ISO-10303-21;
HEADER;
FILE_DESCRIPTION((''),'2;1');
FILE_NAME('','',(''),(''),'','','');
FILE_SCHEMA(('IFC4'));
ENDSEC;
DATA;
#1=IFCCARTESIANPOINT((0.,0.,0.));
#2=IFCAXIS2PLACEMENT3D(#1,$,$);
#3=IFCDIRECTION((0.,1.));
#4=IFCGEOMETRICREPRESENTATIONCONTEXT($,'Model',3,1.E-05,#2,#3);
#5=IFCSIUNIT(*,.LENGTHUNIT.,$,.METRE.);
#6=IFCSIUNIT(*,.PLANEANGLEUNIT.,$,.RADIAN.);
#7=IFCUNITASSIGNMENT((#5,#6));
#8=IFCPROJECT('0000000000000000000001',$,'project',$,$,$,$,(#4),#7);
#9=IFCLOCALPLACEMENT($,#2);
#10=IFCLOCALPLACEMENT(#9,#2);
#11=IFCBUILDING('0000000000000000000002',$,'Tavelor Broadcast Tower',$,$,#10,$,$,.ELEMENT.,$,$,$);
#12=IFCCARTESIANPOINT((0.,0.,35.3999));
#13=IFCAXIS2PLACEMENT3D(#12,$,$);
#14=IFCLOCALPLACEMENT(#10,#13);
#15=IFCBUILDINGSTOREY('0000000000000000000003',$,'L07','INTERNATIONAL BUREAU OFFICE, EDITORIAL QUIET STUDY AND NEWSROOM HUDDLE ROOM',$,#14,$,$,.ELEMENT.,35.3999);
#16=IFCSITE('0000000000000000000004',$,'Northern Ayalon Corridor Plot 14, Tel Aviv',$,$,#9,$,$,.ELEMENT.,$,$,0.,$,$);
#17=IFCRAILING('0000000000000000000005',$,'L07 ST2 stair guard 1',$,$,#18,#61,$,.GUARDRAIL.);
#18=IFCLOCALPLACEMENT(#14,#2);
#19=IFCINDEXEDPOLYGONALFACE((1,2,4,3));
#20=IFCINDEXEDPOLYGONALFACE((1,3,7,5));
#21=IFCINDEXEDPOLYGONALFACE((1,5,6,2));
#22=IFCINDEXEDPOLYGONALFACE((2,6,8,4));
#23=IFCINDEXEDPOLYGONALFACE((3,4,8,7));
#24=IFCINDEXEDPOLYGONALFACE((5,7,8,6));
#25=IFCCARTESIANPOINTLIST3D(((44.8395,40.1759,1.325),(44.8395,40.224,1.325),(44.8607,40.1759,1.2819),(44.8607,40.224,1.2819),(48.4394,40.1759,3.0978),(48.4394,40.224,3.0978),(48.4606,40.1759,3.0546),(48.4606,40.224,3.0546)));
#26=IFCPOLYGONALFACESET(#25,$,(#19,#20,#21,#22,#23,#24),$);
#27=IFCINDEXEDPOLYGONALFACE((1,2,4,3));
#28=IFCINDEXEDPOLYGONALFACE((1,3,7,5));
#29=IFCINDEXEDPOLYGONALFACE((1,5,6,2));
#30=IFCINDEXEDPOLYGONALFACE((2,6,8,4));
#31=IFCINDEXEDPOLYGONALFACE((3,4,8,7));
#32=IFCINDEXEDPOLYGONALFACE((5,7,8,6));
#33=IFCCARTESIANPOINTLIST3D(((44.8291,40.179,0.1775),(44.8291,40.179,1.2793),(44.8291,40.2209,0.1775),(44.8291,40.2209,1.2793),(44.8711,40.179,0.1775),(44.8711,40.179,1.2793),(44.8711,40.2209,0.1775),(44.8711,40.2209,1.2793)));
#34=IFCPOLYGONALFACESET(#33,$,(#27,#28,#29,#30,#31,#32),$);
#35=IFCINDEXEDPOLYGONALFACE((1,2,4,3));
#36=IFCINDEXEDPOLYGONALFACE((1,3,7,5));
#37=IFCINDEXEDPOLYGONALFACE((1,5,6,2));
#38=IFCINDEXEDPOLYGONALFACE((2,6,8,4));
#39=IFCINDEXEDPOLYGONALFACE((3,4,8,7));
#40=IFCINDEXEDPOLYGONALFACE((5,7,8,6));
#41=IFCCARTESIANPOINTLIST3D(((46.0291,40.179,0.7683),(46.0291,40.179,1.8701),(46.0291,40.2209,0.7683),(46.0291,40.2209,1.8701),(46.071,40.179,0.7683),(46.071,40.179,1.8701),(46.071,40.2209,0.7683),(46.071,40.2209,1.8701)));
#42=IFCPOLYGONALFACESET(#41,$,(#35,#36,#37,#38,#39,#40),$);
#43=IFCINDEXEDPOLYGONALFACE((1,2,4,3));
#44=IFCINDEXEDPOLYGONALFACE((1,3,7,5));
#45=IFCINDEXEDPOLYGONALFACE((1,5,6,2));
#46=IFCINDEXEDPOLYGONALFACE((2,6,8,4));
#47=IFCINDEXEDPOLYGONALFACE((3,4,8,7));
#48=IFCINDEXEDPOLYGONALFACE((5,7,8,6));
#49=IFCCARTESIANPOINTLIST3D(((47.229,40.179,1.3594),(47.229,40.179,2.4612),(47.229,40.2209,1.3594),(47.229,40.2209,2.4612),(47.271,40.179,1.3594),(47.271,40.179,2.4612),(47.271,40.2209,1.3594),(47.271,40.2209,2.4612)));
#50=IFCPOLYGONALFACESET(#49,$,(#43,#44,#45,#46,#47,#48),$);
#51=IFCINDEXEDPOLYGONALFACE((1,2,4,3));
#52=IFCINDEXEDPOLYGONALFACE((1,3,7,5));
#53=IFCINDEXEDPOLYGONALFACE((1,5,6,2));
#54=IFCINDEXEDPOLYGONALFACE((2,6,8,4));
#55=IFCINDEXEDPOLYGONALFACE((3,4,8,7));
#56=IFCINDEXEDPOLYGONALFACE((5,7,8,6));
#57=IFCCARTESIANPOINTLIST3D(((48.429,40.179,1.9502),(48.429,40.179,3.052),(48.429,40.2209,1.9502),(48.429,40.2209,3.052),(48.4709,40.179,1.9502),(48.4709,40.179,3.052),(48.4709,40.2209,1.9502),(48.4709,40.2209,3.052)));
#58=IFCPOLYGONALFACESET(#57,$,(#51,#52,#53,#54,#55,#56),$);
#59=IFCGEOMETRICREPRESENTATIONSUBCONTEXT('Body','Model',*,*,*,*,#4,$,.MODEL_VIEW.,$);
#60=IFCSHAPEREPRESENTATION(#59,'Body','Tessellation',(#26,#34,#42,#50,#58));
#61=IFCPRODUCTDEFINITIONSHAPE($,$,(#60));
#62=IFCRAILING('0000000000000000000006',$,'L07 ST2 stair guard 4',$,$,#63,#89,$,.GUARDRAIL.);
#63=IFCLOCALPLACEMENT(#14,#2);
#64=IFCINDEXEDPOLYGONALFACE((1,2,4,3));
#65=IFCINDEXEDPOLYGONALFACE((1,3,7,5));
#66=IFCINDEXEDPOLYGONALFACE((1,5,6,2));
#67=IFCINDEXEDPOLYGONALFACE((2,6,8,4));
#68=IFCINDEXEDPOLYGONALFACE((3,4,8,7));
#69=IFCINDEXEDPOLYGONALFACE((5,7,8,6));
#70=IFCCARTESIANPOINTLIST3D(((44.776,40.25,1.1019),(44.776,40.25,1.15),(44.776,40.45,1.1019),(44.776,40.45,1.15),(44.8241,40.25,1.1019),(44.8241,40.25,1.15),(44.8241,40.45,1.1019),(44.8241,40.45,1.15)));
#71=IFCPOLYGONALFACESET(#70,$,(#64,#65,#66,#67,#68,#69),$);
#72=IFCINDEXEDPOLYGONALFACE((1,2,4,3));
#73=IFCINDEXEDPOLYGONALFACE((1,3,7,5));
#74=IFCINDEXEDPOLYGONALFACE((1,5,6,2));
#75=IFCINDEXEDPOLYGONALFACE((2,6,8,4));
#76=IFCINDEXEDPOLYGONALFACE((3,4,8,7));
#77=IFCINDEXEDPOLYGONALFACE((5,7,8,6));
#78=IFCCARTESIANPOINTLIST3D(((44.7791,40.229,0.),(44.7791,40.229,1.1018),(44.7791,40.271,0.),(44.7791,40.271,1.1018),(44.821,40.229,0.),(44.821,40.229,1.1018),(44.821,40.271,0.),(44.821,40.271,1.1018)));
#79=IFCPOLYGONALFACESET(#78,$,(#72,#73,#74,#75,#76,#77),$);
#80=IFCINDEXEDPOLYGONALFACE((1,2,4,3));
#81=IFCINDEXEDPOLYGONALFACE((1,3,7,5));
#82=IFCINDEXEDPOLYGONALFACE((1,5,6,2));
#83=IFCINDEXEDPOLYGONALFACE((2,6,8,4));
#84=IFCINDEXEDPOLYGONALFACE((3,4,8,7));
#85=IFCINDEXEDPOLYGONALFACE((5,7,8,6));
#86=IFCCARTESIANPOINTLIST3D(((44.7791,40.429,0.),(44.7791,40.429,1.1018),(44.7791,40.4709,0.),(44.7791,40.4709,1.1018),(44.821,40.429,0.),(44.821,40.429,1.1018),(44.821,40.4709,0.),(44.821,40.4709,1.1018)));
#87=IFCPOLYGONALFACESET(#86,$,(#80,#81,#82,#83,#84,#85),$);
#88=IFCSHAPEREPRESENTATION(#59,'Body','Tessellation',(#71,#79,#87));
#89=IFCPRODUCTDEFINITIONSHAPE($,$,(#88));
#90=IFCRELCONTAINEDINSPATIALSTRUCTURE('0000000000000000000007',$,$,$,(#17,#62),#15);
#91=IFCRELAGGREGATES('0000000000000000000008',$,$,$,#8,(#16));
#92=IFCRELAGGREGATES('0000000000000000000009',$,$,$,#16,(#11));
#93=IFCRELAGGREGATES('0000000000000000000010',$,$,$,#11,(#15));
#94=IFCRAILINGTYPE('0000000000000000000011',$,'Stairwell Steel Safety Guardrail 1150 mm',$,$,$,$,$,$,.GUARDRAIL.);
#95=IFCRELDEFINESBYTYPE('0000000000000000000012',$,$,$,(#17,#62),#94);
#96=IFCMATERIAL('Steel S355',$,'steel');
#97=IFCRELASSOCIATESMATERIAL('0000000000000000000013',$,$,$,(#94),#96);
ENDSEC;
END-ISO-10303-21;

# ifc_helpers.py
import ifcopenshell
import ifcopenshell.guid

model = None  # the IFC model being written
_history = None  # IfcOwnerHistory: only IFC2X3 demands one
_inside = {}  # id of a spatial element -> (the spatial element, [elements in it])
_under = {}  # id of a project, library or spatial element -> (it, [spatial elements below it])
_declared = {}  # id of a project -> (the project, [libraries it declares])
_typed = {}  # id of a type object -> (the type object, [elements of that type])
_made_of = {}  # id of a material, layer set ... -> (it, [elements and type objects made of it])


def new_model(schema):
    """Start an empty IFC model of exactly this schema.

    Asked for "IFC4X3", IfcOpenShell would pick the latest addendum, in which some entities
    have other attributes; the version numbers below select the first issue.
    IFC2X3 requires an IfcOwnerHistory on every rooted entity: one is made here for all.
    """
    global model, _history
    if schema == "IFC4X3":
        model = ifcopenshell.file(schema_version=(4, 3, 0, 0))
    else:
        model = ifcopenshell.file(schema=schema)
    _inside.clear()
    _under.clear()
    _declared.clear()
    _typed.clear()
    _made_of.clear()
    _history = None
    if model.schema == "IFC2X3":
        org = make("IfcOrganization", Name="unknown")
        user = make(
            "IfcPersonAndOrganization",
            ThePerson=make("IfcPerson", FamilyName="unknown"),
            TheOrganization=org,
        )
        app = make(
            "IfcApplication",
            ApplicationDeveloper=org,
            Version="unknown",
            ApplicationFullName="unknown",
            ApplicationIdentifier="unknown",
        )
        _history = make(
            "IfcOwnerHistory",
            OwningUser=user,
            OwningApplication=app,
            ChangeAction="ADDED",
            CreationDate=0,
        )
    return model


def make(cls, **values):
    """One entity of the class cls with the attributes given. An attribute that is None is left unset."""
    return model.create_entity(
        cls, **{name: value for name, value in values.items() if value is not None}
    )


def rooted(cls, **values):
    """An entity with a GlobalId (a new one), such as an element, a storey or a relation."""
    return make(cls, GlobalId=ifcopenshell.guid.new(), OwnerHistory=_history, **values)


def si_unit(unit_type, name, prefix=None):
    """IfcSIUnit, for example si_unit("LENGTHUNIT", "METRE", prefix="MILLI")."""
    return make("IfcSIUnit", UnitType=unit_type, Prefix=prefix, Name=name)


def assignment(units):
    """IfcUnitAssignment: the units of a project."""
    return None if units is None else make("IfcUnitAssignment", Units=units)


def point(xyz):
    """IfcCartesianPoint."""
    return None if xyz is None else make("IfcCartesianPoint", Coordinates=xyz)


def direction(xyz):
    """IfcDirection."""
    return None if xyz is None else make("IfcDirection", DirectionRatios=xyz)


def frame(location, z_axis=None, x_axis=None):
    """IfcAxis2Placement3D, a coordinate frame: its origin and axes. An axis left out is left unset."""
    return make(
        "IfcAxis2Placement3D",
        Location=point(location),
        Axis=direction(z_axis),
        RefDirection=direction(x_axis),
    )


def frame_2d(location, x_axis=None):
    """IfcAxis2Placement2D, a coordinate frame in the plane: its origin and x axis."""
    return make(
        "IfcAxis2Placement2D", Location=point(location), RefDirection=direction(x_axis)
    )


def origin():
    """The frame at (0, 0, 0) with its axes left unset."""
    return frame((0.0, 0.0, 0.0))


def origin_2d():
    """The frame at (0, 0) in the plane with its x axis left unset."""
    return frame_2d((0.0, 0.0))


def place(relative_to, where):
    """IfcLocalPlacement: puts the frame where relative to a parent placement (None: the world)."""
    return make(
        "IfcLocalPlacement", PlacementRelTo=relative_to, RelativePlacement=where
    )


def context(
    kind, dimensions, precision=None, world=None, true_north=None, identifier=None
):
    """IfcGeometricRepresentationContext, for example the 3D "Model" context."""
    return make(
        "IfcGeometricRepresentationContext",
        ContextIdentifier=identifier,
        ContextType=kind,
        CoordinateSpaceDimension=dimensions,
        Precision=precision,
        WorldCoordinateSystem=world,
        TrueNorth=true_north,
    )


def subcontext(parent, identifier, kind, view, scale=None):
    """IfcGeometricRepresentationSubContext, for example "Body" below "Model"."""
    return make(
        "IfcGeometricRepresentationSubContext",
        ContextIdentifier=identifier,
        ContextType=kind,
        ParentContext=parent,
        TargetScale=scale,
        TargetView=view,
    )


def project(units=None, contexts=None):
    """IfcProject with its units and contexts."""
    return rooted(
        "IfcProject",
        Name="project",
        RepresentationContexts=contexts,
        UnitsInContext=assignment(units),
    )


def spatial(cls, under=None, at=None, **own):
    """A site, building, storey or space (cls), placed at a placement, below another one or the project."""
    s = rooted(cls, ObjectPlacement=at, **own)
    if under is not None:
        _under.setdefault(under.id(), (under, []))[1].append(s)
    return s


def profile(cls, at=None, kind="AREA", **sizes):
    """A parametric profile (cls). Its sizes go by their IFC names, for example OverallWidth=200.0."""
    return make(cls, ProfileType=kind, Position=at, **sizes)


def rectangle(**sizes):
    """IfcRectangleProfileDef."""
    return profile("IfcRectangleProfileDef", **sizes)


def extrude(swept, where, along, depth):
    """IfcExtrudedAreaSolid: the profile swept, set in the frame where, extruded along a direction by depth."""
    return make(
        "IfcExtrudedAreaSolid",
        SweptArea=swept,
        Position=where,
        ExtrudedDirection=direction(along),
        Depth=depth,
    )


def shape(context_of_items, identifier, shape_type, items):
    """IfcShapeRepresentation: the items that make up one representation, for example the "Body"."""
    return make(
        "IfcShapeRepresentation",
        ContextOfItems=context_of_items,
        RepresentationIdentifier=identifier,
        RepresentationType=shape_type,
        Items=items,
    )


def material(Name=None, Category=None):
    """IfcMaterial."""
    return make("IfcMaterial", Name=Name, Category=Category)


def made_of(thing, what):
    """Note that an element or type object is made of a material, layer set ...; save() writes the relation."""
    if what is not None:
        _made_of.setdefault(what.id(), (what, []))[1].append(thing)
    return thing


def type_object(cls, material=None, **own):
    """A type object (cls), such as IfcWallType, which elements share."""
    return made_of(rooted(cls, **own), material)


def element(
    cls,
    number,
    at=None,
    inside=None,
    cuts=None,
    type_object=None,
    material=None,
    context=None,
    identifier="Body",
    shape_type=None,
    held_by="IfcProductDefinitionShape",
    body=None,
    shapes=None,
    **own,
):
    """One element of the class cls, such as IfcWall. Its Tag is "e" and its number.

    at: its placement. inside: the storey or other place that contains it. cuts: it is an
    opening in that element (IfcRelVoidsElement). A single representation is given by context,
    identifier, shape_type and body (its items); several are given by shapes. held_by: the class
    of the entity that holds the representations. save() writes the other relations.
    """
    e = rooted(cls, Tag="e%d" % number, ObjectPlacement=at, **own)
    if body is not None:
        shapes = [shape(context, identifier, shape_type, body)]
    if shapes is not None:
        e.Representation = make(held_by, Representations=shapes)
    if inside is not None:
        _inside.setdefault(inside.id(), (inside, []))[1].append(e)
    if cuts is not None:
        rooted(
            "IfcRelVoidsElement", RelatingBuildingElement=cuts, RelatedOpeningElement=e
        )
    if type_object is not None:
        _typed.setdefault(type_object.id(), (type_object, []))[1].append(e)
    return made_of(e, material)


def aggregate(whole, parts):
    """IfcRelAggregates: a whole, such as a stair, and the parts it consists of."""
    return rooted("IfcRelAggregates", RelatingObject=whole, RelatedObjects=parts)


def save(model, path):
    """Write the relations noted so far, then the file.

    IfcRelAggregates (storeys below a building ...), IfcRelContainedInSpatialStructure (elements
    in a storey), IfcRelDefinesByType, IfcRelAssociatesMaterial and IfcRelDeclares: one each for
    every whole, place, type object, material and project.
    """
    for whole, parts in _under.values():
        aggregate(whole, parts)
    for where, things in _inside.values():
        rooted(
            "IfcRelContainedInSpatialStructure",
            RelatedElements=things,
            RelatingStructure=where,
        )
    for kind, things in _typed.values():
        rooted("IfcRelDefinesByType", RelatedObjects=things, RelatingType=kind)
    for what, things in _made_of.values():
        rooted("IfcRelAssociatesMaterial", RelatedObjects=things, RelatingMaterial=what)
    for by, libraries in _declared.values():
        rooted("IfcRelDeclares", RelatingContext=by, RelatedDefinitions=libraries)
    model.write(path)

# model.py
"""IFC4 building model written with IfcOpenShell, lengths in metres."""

from ifc_helpers import new_model, si_unit, direction, frame, origin, origin_2d, place, context, subcontext, project, spatial, rectangle, extrude, material, type_object, element, save


model = new_model("IFC4")

# Units and contexts
model_context = context("Model", 3, precision=1e-05, world=origin(), true_north=direction((0.0, 1.0)))
body_context = subcontext(model_context, "Body", "Model", "MODEL_VIEW")
ifc_project = project(units=[si_unit("LENGTHUNIT", "METRE"), si_unit("PLANEANGLEUNIT", "RADIAN")], contexts=[model_context])

# Site, building, storey
site_placement = place(None, origin())
site = spatial("IfcSite", under=ifc_project, at=site_placement, Name="Northern Ayalon Corridor Plot 14, Tel Aviv", CompositionType="ELEMENT", RefElevation=0.0)
building_placement = place(site_placement, origin())
building = spatial("IfcBuilding", under=site, at=building_placement, Name="Tavelor Broadcast Tower", CompositionType="ELEMENT")
storey_placement = place(building_placement, frame((0.0, 0.0, 35.3999)))
storey = spatial("IfcBuildingStorey", under=building, at=storey_placement, Name="L07", Description="INTERNATIONAL BUREAU OFFICE, EDITORIAL QUIET STUDY AND NEWSROOM HUDDLE ROOM", CompositionType="ELEMENT", Elevation=35.3999)

# Shared definitions
ifc_material_1 = material(Name="Steel S355", Category="steel")

# Railings
railing_type_1 = type_object("IfcRailingType", Name="Stairwell Steel Safety Guardrail 1150 mm", PredefinedType="GUARDRAIL", material=ifc_material_1)
railing_1_placement = place(storey_placement, frame((44.8501, 40.2, 0.1775)))
element("IfcRailing", 1, at=railing_1_placement, inside=storey, type_object=railing_type_1, Name="L07 ST2 stair guard 1", PredefinedType="GUARDRAIL", context=body_context, shape_type="SweptSolid", body=[
    extrude(rectangle(XDim=0.0481, YDim=0.0481, at=origin_2d()), frame((0.0, 0.0, 1.126), z_axis=(0.897124, 0.0, 0.441778), x_axis=(0.0, 1.0, 0.0)), (0.0, 0.0, 1.0), 4.0127),
    extrude(rectangle(XDim=0.042, YDim=0.042, at=origin_2d()), origin(), (0.0, 0.0, 1.0), 1.1018),
    extrude(rectangle(XDim=0.042, YDim=0.042, at=origin_2d()), frame((1.2, 0.0, 0.5908)), (0.0, 0.0, 1.0), 1.1018),
    extrude(rectangle(XDim=0.042, YDim=0.042, at=origin_2d()), frame((2.3999, 0.0, 1.1819)), (0.0, 0.0, 1.0), 1.1018),
    extrude(rectangle(XDim=0.042, YDim=0.042, at=origin_2d()), frame((3.5999, 0.0, 1.7727)), (0.0, 0.0, 1.0), 1.1018),
])
railing_2_placement = place(storey_placement, frame((44.8, 40.25, 0.0)))
element("IfcRailing", 2, at=railing_2_placement, inside=storey, type_object=railing_type_1, Name="L07 ST2 stair guard 4", PredefinedType="GUARDRAIL", context=body_context, shape_type="SweptSolid", body=[
    extrude(rectangle(XDim=0.0481, YDim=0.0481, at=origin_2d()), frame((0.0, 0.0, 1.126), z_axis=(0.0, 1.0, 0.0), x_axis=(-1.0, 0.0, 0.0)), (0.0, 0.0, 1.0), 0.2),
    extrude(rectangle(XDim=0.042, YDim=0.042, at=origin_2d()), origin(), (0.0, 0.0, 1.0), 1.1018),
    extrude(rectangle(XDim=0.042, YDim=0.042, at=origin_2d()), frame((0.0, 0.2, 0.0)), (0.0, 0.0, 1.0), 1.1018),
])

save(model, "model.ifc")
